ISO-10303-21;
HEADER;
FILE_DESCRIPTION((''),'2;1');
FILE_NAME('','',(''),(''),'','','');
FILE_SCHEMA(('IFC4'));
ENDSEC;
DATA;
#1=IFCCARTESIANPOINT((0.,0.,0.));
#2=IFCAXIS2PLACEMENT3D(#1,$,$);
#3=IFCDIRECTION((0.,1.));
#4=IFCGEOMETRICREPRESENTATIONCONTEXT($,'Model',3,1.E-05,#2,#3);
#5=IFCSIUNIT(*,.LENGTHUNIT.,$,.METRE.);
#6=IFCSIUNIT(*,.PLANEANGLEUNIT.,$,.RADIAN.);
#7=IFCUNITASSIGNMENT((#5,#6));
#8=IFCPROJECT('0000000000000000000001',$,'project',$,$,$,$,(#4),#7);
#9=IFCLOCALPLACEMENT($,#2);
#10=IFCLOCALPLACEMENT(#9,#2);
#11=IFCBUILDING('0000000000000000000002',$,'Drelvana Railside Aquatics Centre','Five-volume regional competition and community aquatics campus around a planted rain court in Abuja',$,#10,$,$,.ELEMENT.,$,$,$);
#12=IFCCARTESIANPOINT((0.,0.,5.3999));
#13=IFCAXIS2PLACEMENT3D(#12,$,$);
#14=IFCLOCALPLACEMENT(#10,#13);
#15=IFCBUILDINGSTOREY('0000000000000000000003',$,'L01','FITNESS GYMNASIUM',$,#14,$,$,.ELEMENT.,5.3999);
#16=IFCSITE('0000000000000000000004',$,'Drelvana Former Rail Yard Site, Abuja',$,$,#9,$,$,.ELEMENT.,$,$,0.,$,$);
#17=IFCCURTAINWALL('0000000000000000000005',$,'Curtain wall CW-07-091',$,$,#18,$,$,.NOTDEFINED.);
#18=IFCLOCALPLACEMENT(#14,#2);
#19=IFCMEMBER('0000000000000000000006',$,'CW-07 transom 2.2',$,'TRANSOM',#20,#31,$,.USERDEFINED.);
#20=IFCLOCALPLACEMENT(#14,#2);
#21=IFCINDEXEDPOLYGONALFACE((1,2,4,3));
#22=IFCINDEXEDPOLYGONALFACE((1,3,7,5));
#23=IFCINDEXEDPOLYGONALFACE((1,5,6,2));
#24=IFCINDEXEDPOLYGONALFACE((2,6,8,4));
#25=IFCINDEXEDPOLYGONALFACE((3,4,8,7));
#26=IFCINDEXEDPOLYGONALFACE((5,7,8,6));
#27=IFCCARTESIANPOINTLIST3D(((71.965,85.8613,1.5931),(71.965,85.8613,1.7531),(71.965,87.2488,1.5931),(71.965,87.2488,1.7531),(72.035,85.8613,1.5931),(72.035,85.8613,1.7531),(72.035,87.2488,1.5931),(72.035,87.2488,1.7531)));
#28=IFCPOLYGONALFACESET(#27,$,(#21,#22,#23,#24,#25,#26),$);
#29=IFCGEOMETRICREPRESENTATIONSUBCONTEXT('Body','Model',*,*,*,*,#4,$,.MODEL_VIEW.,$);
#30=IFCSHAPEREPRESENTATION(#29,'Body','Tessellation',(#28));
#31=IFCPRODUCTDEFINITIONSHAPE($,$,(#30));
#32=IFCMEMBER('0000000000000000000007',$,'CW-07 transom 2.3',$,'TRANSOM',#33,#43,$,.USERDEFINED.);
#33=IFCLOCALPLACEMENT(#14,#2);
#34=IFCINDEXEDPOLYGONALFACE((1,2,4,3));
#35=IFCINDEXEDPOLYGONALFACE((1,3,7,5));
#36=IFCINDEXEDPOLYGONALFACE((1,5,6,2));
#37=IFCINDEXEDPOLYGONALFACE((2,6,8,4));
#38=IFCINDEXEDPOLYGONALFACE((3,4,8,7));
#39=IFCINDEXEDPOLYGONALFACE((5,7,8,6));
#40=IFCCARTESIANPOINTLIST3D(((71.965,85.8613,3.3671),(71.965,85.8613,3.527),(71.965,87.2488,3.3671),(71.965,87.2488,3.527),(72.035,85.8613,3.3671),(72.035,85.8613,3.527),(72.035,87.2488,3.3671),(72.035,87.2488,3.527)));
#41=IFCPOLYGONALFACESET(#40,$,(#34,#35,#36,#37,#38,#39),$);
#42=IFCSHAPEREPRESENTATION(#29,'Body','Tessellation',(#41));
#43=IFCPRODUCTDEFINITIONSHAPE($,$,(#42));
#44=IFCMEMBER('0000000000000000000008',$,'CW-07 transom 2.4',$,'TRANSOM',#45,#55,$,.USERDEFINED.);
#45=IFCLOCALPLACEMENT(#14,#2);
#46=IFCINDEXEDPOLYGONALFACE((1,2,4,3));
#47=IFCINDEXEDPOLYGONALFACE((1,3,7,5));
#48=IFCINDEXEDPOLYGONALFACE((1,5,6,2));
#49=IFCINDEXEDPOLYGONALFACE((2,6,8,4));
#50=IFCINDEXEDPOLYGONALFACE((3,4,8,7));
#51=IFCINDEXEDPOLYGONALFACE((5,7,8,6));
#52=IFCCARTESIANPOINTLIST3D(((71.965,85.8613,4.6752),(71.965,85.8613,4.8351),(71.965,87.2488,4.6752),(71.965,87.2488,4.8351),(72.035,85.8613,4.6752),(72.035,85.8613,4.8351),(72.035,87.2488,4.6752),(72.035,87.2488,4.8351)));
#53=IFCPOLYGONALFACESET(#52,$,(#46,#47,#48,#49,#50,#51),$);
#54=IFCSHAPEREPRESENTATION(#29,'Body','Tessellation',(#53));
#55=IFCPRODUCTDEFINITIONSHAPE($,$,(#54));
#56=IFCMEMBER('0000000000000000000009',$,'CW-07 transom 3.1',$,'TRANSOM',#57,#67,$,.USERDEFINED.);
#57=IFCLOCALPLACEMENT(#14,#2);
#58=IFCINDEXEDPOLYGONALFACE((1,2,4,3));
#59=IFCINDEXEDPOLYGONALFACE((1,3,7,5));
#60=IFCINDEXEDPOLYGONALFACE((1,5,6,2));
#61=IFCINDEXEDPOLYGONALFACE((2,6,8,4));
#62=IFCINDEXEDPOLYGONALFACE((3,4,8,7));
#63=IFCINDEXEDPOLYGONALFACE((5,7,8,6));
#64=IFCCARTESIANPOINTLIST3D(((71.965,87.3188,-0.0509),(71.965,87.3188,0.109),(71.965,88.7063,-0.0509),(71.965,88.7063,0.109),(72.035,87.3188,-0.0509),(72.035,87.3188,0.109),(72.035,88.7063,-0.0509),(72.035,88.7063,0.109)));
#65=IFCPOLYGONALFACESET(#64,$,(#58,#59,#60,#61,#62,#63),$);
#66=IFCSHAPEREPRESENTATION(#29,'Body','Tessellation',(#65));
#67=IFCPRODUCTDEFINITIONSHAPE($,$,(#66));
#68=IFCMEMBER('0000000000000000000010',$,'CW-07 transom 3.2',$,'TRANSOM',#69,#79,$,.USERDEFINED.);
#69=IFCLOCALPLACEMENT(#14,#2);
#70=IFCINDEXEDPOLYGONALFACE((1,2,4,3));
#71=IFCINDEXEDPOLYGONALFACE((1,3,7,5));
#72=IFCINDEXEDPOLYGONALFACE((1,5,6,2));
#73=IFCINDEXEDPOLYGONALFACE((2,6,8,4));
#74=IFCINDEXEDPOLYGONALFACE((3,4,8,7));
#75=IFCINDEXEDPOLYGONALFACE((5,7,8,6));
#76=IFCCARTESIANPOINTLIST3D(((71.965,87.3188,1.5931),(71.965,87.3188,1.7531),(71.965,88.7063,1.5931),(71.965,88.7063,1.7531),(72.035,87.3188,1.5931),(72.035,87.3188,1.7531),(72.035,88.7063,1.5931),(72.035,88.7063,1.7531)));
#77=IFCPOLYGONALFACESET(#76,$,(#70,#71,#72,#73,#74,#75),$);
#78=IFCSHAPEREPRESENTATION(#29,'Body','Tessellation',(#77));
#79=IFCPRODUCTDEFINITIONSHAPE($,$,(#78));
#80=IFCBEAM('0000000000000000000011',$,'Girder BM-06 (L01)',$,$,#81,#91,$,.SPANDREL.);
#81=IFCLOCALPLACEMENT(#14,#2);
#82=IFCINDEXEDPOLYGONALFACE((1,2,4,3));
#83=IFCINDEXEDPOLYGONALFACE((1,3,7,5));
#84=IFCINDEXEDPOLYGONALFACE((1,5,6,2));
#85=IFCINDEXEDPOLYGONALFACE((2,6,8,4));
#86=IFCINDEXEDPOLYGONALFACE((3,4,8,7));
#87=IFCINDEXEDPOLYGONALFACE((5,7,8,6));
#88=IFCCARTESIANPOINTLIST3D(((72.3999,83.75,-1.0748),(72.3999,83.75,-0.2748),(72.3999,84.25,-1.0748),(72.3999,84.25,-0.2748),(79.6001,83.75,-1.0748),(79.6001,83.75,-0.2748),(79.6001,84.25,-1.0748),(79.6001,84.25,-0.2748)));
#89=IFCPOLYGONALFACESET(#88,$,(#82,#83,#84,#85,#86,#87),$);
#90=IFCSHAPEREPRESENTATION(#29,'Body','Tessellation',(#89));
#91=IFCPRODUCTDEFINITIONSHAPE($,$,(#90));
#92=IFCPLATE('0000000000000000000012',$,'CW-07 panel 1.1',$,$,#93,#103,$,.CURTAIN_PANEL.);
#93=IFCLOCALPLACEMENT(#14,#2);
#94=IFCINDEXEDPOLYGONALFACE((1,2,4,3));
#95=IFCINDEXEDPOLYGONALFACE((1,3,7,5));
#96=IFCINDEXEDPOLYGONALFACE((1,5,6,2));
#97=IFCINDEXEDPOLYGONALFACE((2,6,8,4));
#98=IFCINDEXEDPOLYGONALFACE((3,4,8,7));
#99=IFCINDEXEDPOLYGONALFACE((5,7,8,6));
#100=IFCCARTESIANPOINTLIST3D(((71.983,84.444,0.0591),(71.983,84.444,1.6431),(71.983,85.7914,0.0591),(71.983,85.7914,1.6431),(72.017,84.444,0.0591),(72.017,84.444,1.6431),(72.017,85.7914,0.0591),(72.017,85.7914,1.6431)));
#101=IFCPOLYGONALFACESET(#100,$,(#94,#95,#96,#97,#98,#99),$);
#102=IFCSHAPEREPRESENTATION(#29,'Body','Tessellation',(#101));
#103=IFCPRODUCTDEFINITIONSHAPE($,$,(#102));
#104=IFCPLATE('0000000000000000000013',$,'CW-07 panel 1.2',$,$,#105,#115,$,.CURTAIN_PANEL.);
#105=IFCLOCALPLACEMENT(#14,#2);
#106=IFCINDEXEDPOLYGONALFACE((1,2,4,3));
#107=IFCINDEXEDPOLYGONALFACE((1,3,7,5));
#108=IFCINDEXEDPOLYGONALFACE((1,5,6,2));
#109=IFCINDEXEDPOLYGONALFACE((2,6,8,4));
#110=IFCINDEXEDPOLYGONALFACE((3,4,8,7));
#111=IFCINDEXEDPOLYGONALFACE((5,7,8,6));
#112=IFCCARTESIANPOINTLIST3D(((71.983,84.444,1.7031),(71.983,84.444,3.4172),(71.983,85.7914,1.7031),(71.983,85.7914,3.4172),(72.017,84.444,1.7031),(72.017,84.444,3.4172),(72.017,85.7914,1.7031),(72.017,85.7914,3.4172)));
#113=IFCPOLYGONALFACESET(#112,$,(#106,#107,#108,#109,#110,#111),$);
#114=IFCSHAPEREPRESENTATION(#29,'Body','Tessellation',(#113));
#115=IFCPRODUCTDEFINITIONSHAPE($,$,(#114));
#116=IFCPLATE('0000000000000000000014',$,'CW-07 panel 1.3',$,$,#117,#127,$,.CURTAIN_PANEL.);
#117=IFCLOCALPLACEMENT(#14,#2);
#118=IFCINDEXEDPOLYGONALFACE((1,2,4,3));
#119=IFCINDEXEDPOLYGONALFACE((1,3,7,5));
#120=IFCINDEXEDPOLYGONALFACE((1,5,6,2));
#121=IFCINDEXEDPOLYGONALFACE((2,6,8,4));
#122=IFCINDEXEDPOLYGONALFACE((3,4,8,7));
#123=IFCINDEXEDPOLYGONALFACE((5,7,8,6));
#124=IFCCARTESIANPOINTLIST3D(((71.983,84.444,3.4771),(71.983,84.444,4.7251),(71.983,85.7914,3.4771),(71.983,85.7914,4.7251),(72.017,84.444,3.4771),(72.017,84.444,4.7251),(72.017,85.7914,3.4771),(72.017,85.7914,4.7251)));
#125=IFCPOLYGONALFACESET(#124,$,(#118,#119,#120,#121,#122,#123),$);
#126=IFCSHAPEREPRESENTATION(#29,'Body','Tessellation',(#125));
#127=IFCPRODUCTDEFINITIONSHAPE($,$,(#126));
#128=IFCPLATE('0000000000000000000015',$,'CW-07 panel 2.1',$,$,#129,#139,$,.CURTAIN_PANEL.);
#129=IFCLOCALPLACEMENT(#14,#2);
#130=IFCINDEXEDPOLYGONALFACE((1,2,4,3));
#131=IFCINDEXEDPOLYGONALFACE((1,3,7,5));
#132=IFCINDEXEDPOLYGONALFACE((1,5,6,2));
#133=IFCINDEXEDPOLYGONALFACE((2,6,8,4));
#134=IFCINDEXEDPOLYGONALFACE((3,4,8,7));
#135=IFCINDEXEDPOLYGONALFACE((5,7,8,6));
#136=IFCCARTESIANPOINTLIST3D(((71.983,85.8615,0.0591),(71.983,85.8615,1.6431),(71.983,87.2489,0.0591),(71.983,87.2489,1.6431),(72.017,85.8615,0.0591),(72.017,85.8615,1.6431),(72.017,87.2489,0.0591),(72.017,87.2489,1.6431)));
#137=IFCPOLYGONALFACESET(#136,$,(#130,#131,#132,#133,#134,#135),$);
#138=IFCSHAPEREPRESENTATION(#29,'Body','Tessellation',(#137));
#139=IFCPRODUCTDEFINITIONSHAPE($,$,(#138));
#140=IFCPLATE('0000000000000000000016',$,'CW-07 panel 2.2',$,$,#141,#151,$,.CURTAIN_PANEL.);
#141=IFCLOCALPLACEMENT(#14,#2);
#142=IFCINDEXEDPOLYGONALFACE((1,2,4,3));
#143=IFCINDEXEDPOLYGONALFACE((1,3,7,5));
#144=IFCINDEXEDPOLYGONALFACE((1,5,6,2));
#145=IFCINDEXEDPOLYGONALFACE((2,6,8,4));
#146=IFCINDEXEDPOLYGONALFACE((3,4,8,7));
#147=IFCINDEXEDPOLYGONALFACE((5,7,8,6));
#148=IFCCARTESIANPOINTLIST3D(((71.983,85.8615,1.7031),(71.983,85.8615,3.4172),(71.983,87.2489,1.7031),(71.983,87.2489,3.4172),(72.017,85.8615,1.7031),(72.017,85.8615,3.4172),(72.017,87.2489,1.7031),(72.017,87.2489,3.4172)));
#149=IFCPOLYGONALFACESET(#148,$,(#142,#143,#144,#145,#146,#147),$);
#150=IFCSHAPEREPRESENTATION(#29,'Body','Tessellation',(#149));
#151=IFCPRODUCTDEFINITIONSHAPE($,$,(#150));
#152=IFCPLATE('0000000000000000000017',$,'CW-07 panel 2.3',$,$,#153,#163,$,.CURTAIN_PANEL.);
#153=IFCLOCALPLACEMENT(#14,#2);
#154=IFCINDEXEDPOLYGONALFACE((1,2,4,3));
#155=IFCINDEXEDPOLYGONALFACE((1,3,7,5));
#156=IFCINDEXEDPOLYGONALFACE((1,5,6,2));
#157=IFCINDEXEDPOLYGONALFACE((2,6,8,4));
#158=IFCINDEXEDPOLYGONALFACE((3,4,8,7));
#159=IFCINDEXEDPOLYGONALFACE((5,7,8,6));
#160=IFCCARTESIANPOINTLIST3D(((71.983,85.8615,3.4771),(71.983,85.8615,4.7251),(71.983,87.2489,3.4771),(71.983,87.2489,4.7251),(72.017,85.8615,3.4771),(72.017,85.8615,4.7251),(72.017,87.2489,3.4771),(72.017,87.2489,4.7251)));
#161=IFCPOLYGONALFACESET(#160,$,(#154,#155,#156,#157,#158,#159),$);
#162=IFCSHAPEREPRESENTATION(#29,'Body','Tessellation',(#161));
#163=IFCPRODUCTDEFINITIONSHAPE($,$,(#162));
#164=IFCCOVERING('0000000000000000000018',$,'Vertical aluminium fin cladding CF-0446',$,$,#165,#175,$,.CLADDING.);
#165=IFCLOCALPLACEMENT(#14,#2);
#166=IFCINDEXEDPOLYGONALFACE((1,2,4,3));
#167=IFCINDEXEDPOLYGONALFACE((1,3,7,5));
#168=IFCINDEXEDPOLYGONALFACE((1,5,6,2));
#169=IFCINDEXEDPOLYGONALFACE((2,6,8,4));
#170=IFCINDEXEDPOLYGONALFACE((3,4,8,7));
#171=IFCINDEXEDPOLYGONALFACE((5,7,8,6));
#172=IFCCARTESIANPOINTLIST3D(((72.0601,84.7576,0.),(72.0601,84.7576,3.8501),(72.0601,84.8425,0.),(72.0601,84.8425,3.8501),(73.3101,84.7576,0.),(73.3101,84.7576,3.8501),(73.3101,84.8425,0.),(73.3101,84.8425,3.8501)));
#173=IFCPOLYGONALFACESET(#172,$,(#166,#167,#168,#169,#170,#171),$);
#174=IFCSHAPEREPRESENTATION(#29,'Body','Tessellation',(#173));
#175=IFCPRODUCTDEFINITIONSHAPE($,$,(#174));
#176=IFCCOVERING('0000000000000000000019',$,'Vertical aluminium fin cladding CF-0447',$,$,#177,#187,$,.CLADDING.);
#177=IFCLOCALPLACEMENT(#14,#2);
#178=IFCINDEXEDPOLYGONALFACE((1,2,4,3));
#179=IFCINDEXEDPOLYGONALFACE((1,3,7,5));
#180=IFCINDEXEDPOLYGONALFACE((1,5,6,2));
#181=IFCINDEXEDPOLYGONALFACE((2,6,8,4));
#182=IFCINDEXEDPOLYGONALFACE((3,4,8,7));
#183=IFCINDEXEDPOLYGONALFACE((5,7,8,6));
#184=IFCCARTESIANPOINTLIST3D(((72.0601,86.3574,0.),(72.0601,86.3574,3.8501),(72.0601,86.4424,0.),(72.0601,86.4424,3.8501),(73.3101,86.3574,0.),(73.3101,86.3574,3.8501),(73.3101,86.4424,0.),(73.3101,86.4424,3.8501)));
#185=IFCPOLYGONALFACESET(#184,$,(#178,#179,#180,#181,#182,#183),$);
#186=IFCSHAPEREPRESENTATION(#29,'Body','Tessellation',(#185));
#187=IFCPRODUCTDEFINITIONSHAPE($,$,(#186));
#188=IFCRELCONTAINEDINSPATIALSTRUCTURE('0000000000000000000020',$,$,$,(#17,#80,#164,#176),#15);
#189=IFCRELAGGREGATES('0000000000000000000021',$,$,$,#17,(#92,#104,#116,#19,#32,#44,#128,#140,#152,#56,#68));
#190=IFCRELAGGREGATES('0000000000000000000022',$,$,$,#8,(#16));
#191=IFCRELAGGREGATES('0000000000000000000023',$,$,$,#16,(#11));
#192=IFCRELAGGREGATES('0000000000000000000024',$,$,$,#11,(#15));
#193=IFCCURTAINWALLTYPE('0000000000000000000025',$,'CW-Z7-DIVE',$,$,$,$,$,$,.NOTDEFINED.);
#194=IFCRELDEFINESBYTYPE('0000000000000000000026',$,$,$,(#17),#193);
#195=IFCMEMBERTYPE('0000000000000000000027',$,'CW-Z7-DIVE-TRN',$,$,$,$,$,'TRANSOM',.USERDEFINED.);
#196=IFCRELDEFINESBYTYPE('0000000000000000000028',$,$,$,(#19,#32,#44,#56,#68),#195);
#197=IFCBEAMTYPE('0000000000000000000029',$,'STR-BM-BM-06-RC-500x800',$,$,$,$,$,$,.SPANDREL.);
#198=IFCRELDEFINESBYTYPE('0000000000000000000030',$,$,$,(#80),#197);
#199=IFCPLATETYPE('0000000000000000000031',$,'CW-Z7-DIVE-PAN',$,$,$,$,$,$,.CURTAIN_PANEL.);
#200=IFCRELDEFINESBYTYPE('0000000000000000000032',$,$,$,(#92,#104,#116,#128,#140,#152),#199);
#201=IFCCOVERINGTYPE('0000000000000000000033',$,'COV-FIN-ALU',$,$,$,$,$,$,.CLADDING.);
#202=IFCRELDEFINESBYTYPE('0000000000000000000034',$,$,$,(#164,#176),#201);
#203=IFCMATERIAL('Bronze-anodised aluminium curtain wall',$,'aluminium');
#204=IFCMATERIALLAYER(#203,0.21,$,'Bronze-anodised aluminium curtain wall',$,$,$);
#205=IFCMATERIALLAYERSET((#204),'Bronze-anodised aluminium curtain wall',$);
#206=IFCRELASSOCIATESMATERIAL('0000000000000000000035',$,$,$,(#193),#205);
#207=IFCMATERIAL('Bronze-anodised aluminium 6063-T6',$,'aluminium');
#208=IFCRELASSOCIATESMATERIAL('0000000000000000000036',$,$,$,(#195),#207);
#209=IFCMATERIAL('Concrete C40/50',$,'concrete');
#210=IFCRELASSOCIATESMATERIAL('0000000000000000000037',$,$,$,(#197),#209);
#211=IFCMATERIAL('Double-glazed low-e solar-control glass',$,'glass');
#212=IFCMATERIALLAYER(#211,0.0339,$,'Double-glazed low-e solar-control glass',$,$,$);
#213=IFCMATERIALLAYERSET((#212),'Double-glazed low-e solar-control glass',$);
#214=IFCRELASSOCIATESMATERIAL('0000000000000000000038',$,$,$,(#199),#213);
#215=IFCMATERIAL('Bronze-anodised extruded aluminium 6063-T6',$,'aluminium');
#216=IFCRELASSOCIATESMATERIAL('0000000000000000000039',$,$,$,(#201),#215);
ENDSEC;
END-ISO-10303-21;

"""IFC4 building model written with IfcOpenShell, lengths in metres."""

from ifc_helpers import new_model, si_unit, direction, frame, origin, origin_2d, place, context, subcontext, project, spatial, rectangle, extrude, material, layer, layer_set, material_profile, profile_set, type_object, element, aggregate, save


model = new_model("IFC4")

# Units and contexts
model_context = context("Model", 3, precision=1e-05, world=origin(), true_north=direction((0.0, 1.0)))
body_context = subcontext(model_context, "Body", "Model", "MODEL_VIEW")
ifc_project = project(units=[si_unit("LENGTHUNIT", "METRE"), si_unit("PLANEANGLEUNIT", "RADIAN")], contexts=[model_context])

# Site, building, storey
site_placement = place(None, origin())
site = spatial("IfcSite", under=ifc_project, at=site_placement, Name="Drelvana Former Rail Yard Site, Abuja", CompositionType="ELEMENT", RefElevation=0.0)
building_placement = place(site_placement, origin())
building = spatial("IfcBuilding", under=site, at=building_placement, Name="Drelvana Railside Aquatics Centre", Description="Five-volume regional competition and community aquatics campus around a planted rain court in Abuja", CompositionType="ELEMENT")
storey_placement = place(building_placement, frame((0.0, 0.0, 5.3999)))
storey = spatial("IfcBuildingStorey", under=building, at=storey_placement, Name="L01", Description="FITNESS GYMNASIUM", CompositionType="ELEMENT", Elevation=5.3999)

# Shared definitions
ifc_material_1 = material(Name="Concrete C40/50", Category="concrete")

# Curtain wall, members
ifc_material_2 = material(Name="Bronze-anodised aluminium curtain wall", Category="aluminium")
ifc_material_3 = material(Name="Bronze-anodised aluminium 6063-T6", Category="aluminium")
ifc_layer_1 = layer(ifc_material_2, 0.21, Name="Bronze-anodised aluminium curtain wall")
ifc_layer_set_1 = layer_set([ifc_layer_1], Name="Bronze-anodised aluminium curtain wall")
curtain_wall_type_1 = type_object("IfcCurtainWallType", Name="CW-Z7-DIVE", PredefinedType="NOTDEFINED", material=ifc_layer_set_1)
curtain_wall_1_placement = place(storey_placement, origin())
curtain_wall_1 = element("IfcCurtainWall", 1, at=curtain_wall_1_placement, inside=storey, type_object=curtain_wall_type_1, Name="Curtain wall CW-07-091", PredefinedType="NOTDEFINED")
ifc_material_profile_1 = material_profile(ifc_material_3, rectangle(XDim=0.1599, YDim=0.0701, at=origin_2d()), Name="ALU-T 70x160")
ifc_profile_set_1 = profile_set([ifc_material_profile_1], Name="Bronze-anodised aluminium 6063-T6")
member_type_1 = type_object("IfcMemberType", Name="CW-Z7-DIVE-TRN", ElementType="TRANSOM", PredefinedType="USERDEFINED", material=ifc_profile_set_1)
member_1_placement = place(storey_placement, frame((72.0, 85.8613, 1.6731), z_axis=(0.0, 1.0, 0.0), x_axis=(0.0, 0.0, 1.0)))
member_1 = element("IfcMember", 2, at=member_1_placement, type_object=member_type_1, Name="CW-07 transom 2.2", ObjectType="TRANSOM", PredefinedType="USERDEFINED", context=body_context, shape_type="SweptSolid", body=[
    extrude(rectangle(XDim=0.1599, YDim=0.0701, at=origin_2d()), origin(), (0.0, 0.0, 1.0), 1.3875),
])
member_2_placement = place(storey_placement, frame((72.0, 85.8613, 3.447), z_axis=(0.0, 1.0, 0.0), x_axis=(0.0, 0.0, 1.0)))
member_2 = element("IfcMember", 3, at=member_2_placement, type_object=member_type_1, Name="CW-07 transom 2.3", ObjectType="TRANSOM", PredefinedType="USERDEFINED", context=body_context, shape_type="SweptSolid", body=[
    extrude(rectangle(XDim=0.1599, YDim=0.0701, at=origin_2d()), origin(), (0.0, 0.0, 1.0), 1.3875),
])
member_3_placement = place(storey_placement, frame((72.0, 85.8613, 4.7551), z_axis=(0.0, 1.0, 0.0), x_axis=(0.0, 0.0, 1.0)))
member_3 = element("IfcMember", 4, at=member_3_placement, type_object=member_type_1, Name="CW-07 transom 2.4", ObjectType="TRANSOM", PredefinedType="USERDEFINED", context=body_context, shape_type="SweptSolid", body=[
    extrude(rectangle(XDim=0.1599, YDim=0.0701, at=origin_2d()), origin(), (0.0, 0.0, 1.0), 1.3875),
])
member_4_placement = place(storey_placement, frame((72.0, 87.3188, 0.0291), z_axis=(0.0, 1.0, 0.0), x_axis=(0.0, 0.0, 1.0)))
member_4 = element("IfcMember", 5, at=member_4_placement, type_object=member_type_1, Name="CW-07 transom 3.1", ObjectType="TRANSOM", PredefinedType="USERDEFINED", context=body_context, shape_type="SweptSolid", body=[
    extrude(rectangle(XDim=0.1599, YDim=0.0701, at=origin_2d()), origin(), (0.0, 0.0, 1.0), 1.3875),
])
member_5_placement = place(storey_placement, frame((72.0, 87.3188, 1.6731), z_axis=(0.0, 1.0, 0.0), x_axis=(0.0, 0.0, 1.0)))
member_5 = element("IfcMember", 6, at=member_5_placement, type_object=member_type_1, Name="CW-07 transom 3.2", ObjectType="TRANSOM", PredefinedType="USERDEFINED", context=body_context, shape_type="SweptSolid", body=[
    extrude(rectangle(XDim=0.1599, YDim=0.0701, at=origin_2d()), origin(), (0.0, 0.0, 1.0), 1.3875),
])

# Beam
ifc_material_profile_2 = material_profile(ifc_material_1, rectangle(XDim=0.5, YDim=0.8, at=origin_2d()), Name="RC 500x800")
ifc_profile_set_2 = profile_set([ifc_material_profile_2], Name="Concrete C40/50")
beam_type = type_object("IfcBeamType", Name="STR-BM-BM-06-RC-500x800", PredefinedType="SPANDREL", material=ifc_profile_set_2)
beam_placement = place(storey_placement, frame((72.3999, 84.0, -0.6748), z_axis=(1.0, 0.0, 0.0), x_axis=(0.0, 1.0, 0.0)))
element("IfcBeam", 7, at=beam_placement, inside=storey, type_object=beam_type, Name="Girder BM-06 (L01)", PredefinedType="SPANDREL", context=body_context, shape_type="SweptSolid", body=[
    extrude(rectangle(XDim=0.5, YDim=0.8, at=origin_2d()), origin(), (0.0, 0.0, 1.0), 7.2002),
])

# Plates
ifc_material_4 = material(Name="Double-glazed low-e solar-control glass", Category="glass")
ifc_layer_2 = layer(ifc_material_4, 0.0339, Name="Double-glazed low-e solar-control glass")
ifc_layer_set_2 = layer_set([ifc_layer_2], Name="Double-glazed low-e solar-control glass")
plate_type = type_object("IfcPlateType", Name="CW-Z7-DIVE-PAN", PredefinedType="CURTAIN_PANEL", material=ifc_layer_set_2)
plate_1_placement = place(storey_placement, frame((72.0, 85.1177, 0.0591), z_axis=(0.0, 0.0, 1.0), x_axis=(0.0, 1.0, 0.0)))
plate_1 = element("IfcPlate", 8, at=plate_1_placement, type_object=plate_type, Name="CW-07 panel 1.1", PredefinedType="CURTAIN_PANEL", context=body_context, shape_type="SweptSolid", body=[
    extrude(rectangle(XDim=1.3474, YDim=0.0339, at=origin_2d()), origin(), (0.0, 0.0, 1.0), 1.584),
])
plate_2_placement = place(storey_placement, frame((72.0, 85.1177, 1.7031), z_axis=(0.0, 0.0, 1.0), x_axis=(0.0, 1.0, 0.0)))
plate_2 = element("IfcPlate", 9, at=plate_2_placement, type_object=plate_type, Name="CW-07 panel 1.2", PredefinedType="CURTAIN_PANEL", context=body_context, shape_type="SweptSolid", body=[
    extrude(rectangle(XDim=1.3474, YDim=0.0339, at=origin_2d()), origin(), (0.0, 0.0, 1.0), 1.7141),
])
plate_3_placement = place(storey_placement, frame((72.0, 85.1177, 3.4771), z_axis=(0.0, 0.0, 1.0), x_axis=(0.0, 1.0, 0.0)))
plate_3 = element("IfcPlate", 10, at=plate_3_placement, type_object=plate_type, Name="CW-07 panel 1.3", PredefinedType="CURTAIN_PANEL", context=body_context, shape_type="SweptSolid", body=[
    extrude(rectangle(XDim=1.3474, YDim=0.0339, at=origin_2d()), origin(), (0.0, 0.0, 1.0), 1.248),
])
plate_4_placement = place(storey_placement, frame((72.0, 86.5552, 0.0591), z_axis=(0.0, 0.0, 1.0), x_axis=(0.0, 1.0, 0.0)))
plate_4 = element("IfcPlate", 11, at=plate_4_placement, type_object=plate_type, Name="CW-07 panel 2.1", PredefinedType="CURTAIN_PANEL", context=body_context, shape_type="SweptSolid", body=[
    extrude(rectangle(XDim=1.3875, YDim=0.0339, at=origin_2d()), origin(), (0.0, 0.0, 1.0), 1.584),
])
plate_5_placement = place(storey_placement, frame((72.0, 86.5552, 1.7031), z_axis=(0.0, 0.0, 1.0), x_axis=(0.0, 1.0, 0.0)))
plate_5 = element("IfcPlate", 12, at=plate_5_placement, type_object=plate_type, Name="CW-07 panel 2.2", PredefinedType="CURTAIN_PANEL", context=body_context, shape_type="SweptSolid", body=[
    extrude(rectangle(XDim=1.3875, YDim=0.0339, at=origin_2d()), origin(), (0.0, 0.0, 1.0), 1.7141),
])
plate_6_placement = place(storey_placement, frame((72.0, 86.5552, 3.4771), z_axis=(0.0, 0.0, 1.0), x_axis=(0.0, 1.0, 0.0)))
plate_6 = element("IfcPlate", 13, at=plate_6_placement, type_object=plate_type, Name="CW-07 panel 2.3", PredefinedType="CURTAIN_PANEL", context=body_context, shape_type="SweptSolid", body=[
    extrude(rectangle(XDim=1.3875, YDim=0.0339, at=origin_2d()), origin(), (0.0, 0.0, 1.0), 1.248),
])
aggregate(curtain_wall_1, [plate_1, plate_2, plate_3, member_1, member_2, member_3, plate_4, plate_5, plate_6, member_4, member_5])

# Coverings
ifc_material_5 = material(Name="Bronze-anodised extruded aluminium 6063-T6", Category="aluminium")
covering_type = type_object("IfcCoveringType", Name="COV-FIN-ALU", PredefinedType="CLADDING", material=ifc_material_5)
for number, where, z_axis, x_axis, name in (
    (14, (72.6851, 84.8, 0.0), (0.0, 0.0, 1.0), (0.0, -1.0, 0.0), "Vertical aluminium fin cladding CF-0446"),
    (15, (72.6851, 86.3999, 0.0), (0.0, 0.0, 1.0), (0.0, -1.0, 0.0), "Vertical aluminium fin cladding CF-0447"),
):
    element("IfcCovering", number, at=place(storey_placement, frame(where, z_axis=z_axis, x_axis=x_axis)), inside=storey, type_object=covering_type, Name=name, PredefinedType="CLADDING", context=body_context, shape_type="SweptSolid", body=[
        extrude(rectangle(XDim=0.085, YDim=1.25, at=origin_2d()), origin(), (0.0, 0.0, 1.0), 3.8501),
    ])

save(model, "model.ifc")
